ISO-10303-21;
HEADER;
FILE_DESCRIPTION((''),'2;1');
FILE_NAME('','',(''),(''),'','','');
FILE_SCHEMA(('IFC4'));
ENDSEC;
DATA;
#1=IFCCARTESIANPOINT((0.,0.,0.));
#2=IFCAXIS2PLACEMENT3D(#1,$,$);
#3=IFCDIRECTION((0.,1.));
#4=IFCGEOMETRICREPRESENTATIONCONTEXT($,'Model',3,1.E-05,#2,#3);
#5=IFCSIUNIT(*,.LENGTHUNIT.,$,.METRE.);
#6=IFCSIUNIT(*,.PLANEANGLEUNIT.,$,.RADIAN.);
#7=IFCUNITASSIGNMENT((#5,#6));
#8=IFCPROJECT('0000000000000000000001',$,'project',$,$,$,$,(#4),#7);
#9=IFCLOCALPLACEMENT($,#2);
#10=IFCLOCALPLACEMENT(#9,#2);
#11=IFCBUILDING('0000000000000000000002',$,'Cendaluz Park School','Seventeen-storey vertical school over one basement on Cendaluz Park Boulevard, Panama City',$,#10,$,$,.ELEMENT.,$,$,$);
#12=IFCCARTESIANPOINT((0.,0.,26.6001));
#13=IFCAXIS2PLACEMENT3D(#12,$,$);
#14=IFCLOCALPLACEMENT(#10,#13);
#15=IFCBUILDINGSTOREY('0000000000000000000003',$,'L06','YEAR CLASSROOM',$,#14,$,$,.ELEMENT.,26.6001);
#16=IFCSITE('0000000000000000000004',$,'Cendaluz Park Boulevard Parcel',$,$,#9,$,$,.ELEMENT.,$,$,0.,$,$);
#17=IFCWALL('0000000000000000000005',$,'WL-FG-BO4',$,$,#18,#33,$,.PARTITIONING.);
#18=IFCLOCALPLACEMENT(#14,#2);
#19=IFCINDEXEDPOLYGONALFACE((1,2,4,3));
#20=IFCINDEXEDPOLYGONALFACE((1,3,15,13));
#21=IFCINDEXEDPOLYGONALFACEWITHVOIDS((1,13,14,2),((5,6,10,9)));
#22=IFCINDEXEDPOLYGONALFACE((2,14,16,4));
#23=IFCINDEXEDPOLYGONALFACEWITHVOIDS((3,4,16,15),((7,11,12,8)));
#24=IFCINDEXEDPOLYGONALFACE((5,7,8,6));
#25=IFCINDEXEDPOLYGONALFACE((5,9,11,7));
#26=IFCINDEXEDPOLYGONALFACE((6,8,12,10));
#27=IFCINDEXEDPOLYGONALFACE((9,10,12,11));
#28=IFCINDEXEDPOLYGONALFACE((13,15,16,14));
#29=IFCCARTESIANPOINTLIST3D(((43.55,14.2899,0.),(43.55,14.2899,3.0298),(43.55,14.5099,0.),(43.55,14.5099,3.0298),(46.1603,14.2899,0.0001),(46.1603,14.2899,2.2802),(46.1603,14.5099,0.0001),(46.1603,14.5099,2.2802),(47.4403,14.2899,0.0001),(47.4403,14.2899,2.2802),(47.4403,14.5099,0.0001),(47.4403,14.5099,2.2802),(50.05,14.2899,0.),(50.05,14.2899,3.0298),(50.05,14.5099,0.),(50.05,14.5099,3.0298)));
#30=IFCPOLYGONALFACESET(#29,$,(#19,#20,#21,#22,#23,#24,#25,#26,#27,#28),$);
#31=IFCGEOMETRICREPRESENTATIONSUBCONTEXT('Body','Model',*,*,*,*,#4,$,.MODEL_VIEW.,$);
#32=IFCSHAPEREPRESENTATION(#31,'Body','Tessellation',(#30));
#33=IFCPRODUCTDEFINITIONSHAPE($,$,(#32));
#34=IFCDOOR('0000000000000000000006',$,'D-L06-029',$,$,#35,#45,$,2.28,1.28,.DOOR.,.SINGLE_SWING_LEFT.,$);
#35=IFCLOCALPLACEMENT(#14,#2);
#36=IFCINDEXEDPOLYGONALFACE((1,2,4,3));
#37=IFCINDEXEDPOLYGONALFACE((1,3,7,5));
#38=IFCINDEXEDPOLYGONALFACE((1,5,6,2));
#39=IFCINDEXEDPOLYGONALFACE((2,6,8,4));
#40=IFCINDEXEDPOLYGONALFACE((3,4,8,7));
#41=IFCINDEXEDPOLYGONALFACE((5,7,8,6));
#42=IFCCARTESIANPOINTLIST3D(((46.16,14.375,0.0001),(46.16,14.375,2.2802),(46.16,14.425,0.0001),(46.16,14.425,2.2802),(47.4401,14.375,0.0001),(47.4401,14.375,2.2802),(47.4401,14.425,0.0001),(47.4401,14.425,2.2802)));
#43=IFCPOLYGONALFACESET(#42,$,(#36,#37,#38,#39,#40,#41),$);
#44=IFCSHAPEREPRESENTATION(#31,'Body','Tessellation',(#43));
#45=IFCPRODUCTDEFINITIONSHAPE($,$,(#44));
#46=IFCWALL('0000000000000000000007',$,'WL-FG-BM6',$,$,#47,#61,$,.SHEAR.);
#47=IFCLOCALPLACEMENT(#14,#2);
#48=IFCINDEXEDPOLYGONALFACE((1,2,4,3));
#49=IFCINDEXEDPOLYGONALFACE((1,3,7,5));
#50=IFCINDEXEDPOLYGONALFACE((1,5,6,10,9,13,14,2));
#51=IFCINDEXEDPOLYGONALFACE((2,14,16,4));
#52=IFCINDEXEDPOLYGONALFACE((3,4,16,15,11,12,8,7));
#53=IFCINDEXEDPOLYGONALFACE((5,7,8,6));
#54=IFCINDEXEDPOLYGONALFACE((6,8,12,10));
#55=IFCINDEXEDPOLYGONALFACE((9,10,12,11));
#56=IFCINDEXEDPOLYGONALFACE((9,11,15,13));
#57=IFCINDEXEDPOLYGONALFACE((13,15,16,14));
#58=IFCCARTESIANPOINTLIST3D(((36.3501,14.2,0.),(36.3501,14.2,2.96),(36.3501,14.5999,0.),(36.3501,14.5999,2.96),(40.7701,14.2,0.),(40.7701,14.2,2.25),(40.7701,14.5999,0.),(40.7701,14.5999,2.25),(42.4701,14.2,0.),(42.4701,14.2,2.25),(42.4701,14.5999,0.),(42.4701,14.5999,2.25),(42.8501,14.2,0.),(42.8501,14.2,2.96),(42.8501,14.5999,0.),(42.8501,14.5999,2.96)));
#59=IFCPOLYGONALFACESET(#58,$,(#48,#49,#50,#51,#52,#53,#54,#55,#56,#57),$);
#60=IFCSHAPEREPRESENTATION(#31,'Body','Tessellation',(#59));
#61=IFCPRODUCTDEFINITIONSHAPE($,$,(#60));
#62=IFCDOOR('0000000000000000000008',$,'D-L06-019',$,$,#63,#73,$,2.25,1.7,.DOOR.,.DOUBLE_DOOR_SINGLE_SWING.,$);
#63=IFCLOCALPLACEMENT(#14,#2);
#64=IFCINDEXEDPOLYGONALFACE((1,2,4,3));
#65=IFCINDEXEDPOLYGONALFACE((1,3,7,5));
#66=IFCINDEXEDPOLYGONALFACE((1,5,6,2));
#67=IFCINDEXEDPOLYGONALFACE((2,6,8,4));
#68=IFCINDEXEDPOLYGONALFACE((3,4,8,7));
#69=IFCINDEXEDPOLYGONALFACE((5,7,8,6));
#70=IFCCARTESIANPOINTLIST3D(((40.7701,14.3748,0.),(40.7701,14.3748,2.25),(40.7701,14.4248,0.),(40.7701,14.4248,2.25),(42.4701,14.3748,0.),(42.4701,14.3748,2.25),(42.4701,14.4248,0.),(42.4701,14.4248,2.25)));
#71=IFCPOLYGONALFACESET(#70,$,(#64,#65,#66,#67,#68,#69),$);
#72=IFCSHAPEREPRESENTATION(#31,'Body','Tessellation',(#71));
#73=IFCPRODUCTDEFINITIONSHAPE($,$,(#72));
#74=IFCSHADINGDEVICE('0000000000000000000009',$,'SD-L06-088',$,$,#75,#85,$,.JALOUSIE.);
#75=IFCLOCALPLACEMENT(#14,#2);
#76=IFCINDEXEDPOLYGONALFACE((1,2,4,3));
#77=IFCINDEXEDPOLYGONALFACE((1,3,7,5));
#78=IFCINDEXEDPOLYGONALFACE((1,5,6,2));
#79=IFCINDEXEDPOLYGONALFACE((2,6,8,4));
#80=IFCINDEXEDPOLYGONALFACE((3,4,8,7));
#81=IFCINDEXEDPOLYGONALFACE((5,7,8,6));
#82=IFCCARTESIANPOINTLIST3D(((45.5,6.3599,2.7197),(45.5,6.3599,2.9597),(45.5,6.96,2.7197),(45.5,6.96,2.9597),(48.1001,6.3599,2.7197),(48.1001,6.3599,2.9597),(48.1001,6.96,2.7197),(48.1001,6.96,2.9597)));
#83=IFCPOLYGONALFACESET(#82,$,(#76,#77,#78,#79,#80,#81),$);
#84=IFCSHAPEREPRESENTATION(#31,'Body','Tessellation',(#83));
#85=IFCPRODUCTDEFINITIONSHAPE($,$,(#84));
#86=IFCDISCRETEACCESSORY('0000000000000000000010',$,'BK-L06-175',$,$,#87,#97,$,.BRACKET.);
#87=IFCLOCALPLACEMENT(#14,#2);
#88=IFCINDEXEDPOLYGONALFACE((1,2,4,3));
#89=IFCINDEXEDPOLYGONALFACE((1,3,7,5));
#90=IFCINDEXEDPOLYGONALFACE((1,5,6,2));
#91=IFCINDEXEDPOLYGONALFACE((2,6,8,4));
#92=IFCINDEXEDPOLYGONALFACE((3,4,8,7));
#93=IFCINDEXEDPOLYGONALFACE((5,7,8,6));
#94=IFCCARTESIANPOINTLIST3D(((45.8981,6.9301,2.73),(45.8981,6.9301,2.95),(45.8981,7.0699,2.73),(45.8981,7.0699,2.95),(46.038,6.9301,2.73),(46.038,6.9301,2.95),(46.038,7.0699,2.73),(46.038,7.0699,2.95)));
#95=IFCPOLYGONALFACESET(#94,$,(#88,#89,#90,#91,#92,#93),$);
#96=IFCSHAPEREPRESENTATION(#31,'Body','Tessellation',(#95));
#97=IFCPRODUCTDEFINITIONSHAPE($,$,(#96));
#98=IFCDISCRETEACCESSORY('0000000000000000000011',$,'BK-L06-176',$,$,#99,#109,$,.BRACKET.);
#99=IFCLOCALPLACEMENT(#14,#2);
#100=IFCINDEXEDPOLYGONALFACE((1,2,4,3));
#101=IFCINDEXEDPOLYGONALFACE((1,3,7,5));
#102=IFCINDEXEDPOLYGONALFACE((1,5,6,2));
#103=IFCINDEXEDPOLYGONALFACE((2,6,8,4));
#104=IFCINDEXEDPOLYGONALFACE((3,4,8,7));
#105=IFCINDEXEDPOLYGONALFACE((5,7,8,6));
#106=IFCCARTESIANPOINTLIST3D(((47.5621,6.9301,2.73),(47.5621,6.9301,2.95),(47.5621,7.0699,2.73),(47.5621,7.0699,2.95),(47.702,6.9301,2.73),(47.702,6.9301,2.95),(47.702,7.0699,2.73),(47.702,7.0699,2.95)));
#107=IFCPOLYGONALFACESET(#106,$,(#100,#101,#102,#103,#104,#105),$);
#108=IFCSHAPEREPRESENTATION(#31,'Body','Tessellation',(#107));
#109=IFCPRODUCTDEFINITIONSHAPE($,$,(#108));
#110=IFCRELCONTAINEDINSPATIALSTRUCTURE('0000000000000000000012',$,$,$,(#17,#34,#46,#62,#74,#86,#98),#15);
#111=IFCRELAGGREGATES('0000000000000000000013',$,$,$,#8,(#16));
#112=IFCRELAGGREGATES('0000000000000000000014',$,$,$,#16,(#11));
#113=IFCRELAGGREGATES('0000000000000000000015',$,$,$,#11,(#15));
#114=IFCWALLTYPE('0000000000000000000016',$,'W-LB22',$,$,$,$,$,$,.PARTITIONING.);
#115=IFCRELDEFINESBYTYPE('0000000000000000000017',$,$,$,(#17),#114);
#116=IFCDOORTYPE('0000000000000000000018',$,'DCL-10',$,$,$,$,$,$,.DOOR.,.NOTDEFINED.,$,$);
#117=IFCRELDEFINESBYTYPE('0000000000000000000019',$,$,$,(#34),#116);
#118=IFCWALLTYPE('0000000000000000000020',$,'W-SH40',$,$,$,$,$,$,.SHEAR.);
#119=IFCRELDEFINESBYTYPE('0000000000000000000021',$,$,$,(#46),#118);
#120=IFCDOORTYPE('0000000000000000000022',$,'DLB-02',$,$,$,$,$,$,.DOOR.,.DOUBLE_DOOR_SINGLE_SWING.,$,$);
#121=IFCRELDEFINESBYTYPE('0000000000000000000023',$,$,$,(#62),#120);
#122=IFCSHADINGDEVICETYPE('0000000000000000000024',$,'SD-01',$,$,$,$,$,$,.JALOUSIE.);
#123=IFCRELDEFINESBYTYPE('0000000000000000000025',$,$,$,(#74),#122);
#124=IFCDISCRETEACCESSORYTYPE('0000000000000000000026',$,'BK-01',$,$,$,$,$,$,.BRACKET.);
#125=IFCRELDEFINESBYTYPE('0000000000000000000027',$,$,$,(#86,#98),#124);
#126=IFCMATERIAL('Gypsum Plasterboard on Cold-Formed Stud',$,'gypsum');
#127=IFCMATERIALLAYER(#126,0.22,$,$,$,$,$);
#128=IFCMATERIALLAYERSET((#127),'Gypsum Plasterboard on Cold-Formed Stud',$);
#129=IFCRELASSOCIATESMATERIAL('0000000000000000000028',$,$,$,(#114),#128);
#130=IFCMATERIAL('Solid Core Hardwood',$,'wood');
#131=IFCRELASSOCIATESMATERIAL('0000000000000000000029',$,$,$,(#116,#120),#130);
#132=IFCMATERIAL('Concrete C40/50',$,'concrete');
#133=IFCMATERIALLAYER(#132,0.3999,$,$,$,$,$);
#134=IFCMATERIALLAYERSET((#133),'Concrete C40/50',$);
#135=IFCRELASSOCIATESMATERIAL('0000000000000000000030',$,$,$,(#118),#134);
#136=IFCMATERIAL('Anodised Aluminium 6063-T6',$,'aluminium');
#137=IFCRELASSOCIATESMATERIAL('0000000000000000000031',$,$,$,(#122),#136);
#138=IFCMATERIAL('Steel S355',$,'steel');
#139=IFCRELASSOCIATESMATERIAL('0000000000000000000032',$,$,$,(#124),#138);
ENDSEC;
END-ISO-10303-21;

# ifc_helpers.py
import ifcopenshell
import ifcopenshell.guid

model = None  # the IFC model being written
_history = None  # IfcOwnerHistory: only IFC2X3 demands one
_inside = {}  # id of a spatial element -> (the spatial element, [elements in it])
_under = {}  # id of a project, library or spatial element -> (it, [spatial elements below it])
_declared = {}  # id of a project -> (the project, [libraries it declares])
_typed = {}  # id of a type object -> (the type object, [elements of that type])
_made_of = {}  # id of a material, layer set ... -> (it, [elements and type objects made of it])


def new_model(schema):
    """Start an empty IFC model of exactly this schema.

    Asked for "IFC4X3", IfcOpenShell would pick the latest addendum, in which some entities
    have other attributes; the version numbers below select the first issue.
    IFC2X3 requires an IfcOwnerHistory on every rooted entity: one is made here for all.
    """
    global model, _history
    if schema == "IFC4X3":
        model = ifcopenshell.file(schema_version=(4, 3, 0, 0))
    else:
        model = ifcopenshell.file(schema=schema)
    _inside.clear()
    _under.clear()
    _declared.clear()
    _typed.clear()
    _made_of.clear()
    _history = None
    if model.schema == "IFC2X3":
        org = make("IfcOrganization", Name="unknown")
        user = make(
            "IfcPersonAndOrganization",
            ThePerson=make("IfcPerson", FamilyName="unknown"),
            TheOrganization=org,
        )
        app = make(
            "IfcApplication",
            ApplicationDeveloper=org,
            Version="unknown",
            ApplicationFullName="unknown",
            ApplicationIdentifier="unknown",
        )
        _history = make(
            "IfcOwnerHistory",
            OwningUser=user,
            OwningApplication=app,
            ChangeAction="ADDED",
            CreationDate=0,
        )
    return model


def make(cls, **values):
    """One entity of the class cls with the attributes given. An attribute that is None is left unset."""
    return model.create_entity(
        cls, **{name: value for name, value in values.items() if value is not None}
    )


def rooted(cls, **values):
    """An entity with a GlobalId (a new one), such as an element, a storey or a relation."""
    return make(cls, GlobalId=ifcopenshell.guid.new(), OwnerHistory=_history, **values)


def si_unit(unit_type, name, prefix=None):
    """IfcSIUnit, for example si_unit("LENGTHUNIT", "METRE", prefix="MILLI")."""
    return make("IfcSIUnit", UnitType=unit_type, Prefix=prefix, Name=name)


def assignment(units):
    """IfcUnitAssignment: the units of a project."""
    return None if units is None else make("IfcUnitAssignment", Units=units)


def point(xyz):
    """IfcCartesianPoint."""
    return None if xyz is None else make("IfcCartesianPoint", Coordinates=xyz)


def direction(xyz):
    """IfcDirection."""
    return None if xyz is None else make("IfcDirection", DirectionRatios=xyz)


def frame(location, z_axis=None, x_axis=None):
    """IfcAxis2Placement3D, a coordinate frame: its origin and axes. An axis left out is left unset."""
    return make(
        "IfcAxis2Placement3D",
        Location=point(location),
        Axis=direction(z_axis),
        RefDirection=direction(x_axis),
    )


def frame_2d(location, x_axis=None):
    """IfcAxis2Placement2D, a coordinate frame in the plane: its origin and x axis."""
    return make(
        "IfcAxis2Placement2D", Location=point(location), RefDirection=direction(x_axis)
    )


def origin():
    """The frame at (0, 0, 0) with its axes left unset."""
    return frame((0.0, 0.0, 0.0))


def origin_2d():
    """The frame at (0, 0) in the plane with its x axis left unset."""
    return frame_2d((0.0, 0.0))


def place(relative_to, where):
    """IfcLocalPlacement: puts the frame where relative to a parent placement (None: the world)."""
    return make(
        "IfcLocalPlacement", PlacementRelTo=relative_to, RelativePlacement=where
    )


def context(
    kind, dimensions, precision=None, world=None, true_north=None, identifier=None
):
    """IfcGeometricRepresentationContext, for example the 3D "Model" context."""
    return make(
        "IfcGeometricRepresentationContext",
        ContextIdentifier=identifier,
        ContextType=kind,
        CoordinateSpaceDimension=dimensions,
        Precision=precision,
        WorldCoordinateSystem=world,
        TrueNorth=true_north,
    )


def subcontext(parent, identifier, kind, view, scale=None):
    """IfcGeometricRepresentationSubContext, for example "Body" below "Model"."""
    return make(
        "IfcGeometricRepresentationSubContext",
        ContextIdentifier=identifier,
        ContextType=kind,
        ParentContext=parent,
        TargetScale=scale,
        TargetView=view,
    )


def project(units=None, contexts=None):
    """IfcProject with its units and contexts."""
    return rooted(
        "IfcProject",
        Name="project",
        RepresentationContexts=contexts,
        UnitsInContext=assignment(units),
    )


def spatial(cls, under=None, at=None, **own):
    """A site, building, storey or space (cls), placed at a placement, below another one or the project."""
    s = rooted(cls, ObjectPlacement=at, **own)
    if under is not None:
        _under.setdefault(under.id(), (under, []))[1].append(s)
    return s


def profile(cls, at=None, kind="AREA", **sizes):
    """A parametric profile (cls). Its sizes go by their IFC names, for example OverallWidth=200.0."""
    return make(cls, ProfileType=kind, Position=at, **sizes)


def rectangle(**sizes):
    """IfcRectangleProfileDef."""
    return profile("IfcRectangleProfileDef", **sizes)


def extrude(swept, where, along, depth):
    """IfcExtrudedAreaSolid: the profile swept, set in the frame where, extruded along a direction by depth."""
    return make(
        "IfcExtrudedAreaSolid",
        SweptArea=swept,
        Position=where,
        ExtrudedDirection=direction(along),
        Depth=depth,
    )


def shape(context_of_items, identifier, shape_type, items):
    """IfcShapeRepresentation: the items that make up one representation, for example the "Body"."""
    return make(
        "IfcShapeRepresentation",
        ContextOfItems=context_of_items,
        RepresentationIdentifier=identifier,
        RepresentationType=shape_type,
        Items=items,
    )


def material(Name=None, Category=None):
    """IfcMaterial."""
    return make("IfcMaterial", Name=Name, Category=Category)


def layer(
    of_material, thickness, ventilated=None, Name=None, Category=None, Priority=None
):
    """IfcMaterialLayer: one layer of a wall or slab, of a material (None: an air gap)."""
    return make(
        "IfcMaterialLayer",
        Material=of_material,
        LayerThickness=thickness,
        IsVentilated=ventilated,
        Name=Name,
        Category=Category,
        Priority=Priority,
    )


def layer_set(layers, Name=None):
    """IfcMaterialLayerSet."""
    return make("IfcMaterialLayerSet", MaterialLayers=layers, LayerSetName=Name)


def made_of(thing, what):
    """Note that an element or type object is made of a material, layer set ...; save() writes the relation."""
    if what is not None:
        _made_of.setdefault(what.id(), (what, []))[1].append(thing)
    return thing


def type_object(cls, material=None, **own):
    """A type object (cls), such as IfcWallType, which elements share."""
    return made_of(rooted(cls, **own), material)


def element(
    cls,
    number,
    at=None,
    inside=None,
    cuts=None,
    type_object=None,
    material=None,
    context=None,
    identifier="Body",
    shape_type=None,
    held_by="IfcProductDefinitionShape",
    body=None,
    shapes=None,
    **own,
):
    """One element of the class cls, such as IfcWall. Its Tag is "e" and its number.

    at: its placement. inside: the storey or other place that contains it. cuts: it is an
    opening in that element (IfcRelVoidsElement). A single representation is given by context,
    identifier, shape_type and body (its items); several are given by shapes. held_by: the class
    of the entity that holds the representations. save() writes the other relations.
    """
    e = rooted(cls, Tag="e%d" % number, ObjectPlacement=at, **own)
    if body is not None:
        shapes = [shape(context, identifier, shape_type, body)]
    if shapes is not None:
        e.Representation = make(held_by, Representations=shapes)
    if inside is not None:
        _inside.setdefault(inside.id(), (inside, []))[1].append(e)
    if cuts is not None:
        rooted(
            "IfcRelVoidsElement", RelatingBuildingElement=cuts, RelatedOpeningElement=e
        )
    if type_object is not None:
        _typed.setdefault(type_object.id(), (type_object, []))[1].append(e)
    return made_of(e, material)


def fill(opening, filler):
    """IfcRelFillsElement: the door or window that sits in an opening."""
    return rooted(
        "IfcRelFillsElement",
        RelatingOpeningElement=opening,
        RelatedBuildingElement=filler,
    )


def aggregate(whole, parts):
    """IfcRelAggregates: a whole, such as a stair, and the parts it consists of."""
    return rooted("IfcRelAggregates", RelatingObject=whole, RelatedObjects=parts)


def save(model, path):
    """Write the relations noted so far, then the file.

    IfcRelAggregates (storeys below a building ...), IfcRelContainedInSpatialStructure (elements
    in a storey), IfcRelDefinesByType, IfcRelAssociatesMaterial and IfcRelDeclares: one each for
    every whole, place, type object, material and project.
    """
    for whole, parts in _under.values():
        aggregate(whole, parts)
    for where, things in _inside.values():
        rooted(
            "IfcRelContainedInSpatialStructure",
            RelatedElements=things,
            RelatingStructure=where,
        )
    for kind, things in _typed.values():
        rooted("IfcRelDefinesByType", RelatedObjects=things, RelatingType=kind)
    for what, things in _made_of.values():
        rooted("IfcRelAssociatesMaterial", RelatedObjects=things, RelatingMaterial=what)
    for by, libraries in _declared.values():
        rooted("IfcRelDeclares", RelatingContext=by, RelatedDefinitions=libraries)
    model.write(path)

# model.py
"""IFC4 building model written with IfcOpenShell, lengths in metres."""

from ifc_helpers import new_model, si_unit, direction, frame, frame_2d, origin, origin_2d, place, context, subcontext, project, spatial, rectangle, extrude, material, layer, layer_set, type_object, element, fill, save


model = new_model("IFC4")

# Units and contexts
model_context = context("Model", 3, precision=1e-05, world=origin(), true_north=direction((0.0, 1.0)))
body_context = subcontext(model_context, "Body", "Model", "MODEL_VIEW")
ifc_project = project(units=[si_unit("LENGTHUNIT", "METRE"), si_unit("PLANEANGLEUNIT", "RADIAN")], contexts=[model_context])

# Site, building, storey
site_placement = place(None, origin())
site = spatial("IfcSite", under=ifc_project, at=site_placement, Name="Cendaluz Park Boulevard Parcel", CompositionType="ELEMENT", RefElevation=0.0)
building_placement = place(site_placement, origin())
building = spatial("IfcBuilding", under=site, at=building_placement, Name="Cendaluz Park School", Description="Seventeen-storey vertical school over one basement on Cendaluz Park Boulevard, Panama City", CompositionType="ELEMENT")
storey_placement = place(building_placement, frame((0.0, 0.0, 26.6001)))
storey = spatial("IfcBuildingStorey", under=building, at=storey_placement, Name="L06", Description="YEAR CLASSROOM", CompositionType="ELEMENT", Elevation=26.6001)

# Shared definitions
ifc_material_1 = material(Name="Concrete C40/50", Category="concrete")

# Shared definitions
ifc_material_2 = material(Name="Solid Core Hardwood", Category="wood")

# Walls, openings, doors
ifc_material_3 = material(Name="Gypsum Plasterboard on Cold-Formed Stud", Category="gypsum")
ifc_layer_1 = layer(ifc_material_3, 0.22)
ifc_layer_set_1 = layer_set([ifc_layer_1], Name="Gypsum Plasterboard on Cold-Formed Stud")
wall_type_1 = type_object("IfcWallType", Name="W-LB22", PredefinedType="PARTITIONING", material=ifc_layer_set_1)
wall_1_placement = place(storey_placement, frame((43.55, 14.3999, 0.0), z_axis=(0.0, 0.0, 1.0), x_axis=(1.0, 0.0, 0.0)))
wall_1 = element("IfcWall", 1, at=wall_1_placement, inside=storey, type_object=wall_type_1, Name="WL-FG-BO4", PredefinedType="PARTITIONING", context=body_context, shape_type="SweptSolid", body=[
    extrude(rectangle(XDim=6.5, YDim=0.22, at=frame_2d((3.25, 0.0))), origin(), (0.0, 0.0, 1.0), 3.0298),
])
opening_1_placement = place(wall_1_placement, frame((2.6101, 0.0, 0.0)))
opening_1 = element("IfcOpeningElement", 2, at=opening_1_placement, cuts=wall_1, PredefinedType="OPENING", context=body_context, shape_type="SweptSolid", body=[
    extrude(rectangle(XDim=1.28, YDim=2.28, at=frame_2d((0.6401, 1.1401))), frame((0.0, 0.1221, 0.0), z_axis=(0.0, -1.0, 0.0), x_axis=(1.0, 0.0, 0.0)), (0.0, 0.0, 1.0), 0.2439),
])
door_type_1 = type_object("IfcDoorType", Name="DCL-10", OperationType="NOTDEFINED", PredefinedType="DOOR", material=ifc_material_2)
door_1_placement = place(opening_1_placement, frame((1.28, 0.0, 0.0), z_axis=(0.0, 0.0, 1.0), x_axis=(-1.0, 0.0, 0.0)))
door_1 = element("IfcDoor", 3, at=door_1_placement, inside=storey, type_object=door_type_1, Name="D-L06-029", OperationType="SINGLE_SWING_LEFT", OverallHeight=2.28, OverallWidth=1.28, PredefinedType="DOOR", context=body_context, shape_type="SweptSolid", body=[
    extrude(rectangle(XDim=1.28, YDim=2.28, at=frame_2d((0.6401, 1.1401))), frame((0.0, 0.0249, 0.0), z_axis=(0.0, -1.0, 0.0), x_axis=(1.0, 0.0, 0.0)), (0.0, 0.0, 1.0), 0.05),
])
fill(opening_1, door_1)
ifc_layer_2 = layer(ifc_material_1, 0.3999)
ifc_layer_set_2 = layer_set([ifc_layer_2], Name="Concrete C40/50")
wall_type_2 = type_object("IfcWallType", Name="W-SH40", PredefinedType="SHEAR", material=ifc_layer_set_2)
wall_2_placement = place(storey_placement, frame((36.3501, 14.3999, 0.0), z_axis=(0.0, 0.0, 1.0), x_axis=(1.0, 0.0, 0.0)))
wall_2 = element("IfcWall", 4, at=wall_2_placement, inside=storey, type_object=wall_type_2, Name="WL-FG-BM6", PredefinedType="SHEAR", context=body_context, shape_type="SweptSolid", body=[
    extrude(rectangle(XDim=6.5, YDim=0.3999, at=frame_2d((3.25, 0.0))), origin(), (0.0, 0.0, 1.0), 2.96),
])
opening_2_placement = place(wall_2_placement, frame((4.4199, 0.0, 0.0)))
opening_2 = element("IfcOpeningElement", 5, at=opening_2_placement, cuts=wall_2, PredefinedType="OPENING", context=body_context, shape_type="SweptSolid", body=[
    extrude(rectangle(XDim=1.7, YDim=2.25, at=frame_2d((0.8501, 1.125))), frame((0.0, 0.2119, 0.0), z_axis=(0.0, -1.0, 0.0), x_axis=(1.0, 0.0, 0.0)), (0.0, 0.0, 1.0), 0.4238),
])
door_type_2 = type_object("IfcDoorType", Name="DLB-02", OperationType="DOUBLE_DOOR_SINGLE_SWING", PredefinedType="DOOR", material=ifc_material_2)
door_2_placement = place(opening_2_placement, origin())
door_2 = element("IfcDoor", 6, at=door_2_placement, inside=storey, type_object=door_type_2, Name="D-L06-019", OperationType="DOUBLE_DOOR_SINGLE_SWING", OverallHeight=2.25, OverallWidth=1.7, PredefinedType="DOOR", context=body_context, shape_type="SweptSolid", body=[
    extrude(rectangle(XDim=1.7, YDim=2.25, at=frame_2d((0.8501, 1.125))), frame((0.0, 0.0249, 0.0), z_axis=(0.0, -1.0, 0.0), x_axis=(1.0, 0.0, 0.0)), (0.0, 0.0, 1.0), 0.05),
])
fill(opening_2, door_2)

# Shading device
ifc_material_4 = material(Name="Anodised Aluminium 6063-T6", Category="aluminium")
shading_device_type = type_object("IfcShadingDeviceType", Name="SD-01", PredefinedType="JALOUSIE", material=ifc_material_4)
shading_device_placement = place(storey_placement, frame((46.8, 6.6599, 2.7197), z_axis=(0.0, 0.0, 1.0), x_axis=(1.0, 0.0, 0.0)))
element("IfcShadingDevice", 7, at=shading_device_placement, inside=storey, type_object=shading_device_type, Name="SD-L06-088", PredefinedType="JALOUSIE", context=body_context, shape_type="SweptSolid", body=[
    extrude(rectangle(XDim=2.6001, YDim=0.6001, at=origin_2d()), origin(), (0.0, 0.0, 1.0), 0.24),
])

# Discrete accessories
ifc_material_5 = material(Name="Steel S355", Category="steel")
discrete_accessory_type = type_object("IfcDiscreteAccessoryType", Name="BK-01", PredefinedType="BRACKET", material=ifc_material_5)
for number, where, z_axis, x_axis, name in (
    (8, (45.968, 7.0, 2.73), (0.0, 0.0, 1.0), (1.0, 0.0, 0.0), "BK-L06-175"),
    (9, (47.6321, 7.0, 2.73), (0.0, 0.0, 1.0), (1.0, 0.0, 0.0), "BK-L06-176"),
):
    element("IfcDiscreteAccessory", number, at=place(storey_placement, frame(where, z_axis=z_axis, x_axis=x_axis)), inside=storey, type_object=discrete_accessory_type, Name=name, PredefinedType="BRACKET", context=body_context, shape_type="SweptSolid", body=[
        extrude(rectangle(XDim=0.1399, YDim=0.1399, at=origin_2d()), origin(), (0.0, 0.0, 1.0), 0.22),
    ])

save(model, "model.ifc")
